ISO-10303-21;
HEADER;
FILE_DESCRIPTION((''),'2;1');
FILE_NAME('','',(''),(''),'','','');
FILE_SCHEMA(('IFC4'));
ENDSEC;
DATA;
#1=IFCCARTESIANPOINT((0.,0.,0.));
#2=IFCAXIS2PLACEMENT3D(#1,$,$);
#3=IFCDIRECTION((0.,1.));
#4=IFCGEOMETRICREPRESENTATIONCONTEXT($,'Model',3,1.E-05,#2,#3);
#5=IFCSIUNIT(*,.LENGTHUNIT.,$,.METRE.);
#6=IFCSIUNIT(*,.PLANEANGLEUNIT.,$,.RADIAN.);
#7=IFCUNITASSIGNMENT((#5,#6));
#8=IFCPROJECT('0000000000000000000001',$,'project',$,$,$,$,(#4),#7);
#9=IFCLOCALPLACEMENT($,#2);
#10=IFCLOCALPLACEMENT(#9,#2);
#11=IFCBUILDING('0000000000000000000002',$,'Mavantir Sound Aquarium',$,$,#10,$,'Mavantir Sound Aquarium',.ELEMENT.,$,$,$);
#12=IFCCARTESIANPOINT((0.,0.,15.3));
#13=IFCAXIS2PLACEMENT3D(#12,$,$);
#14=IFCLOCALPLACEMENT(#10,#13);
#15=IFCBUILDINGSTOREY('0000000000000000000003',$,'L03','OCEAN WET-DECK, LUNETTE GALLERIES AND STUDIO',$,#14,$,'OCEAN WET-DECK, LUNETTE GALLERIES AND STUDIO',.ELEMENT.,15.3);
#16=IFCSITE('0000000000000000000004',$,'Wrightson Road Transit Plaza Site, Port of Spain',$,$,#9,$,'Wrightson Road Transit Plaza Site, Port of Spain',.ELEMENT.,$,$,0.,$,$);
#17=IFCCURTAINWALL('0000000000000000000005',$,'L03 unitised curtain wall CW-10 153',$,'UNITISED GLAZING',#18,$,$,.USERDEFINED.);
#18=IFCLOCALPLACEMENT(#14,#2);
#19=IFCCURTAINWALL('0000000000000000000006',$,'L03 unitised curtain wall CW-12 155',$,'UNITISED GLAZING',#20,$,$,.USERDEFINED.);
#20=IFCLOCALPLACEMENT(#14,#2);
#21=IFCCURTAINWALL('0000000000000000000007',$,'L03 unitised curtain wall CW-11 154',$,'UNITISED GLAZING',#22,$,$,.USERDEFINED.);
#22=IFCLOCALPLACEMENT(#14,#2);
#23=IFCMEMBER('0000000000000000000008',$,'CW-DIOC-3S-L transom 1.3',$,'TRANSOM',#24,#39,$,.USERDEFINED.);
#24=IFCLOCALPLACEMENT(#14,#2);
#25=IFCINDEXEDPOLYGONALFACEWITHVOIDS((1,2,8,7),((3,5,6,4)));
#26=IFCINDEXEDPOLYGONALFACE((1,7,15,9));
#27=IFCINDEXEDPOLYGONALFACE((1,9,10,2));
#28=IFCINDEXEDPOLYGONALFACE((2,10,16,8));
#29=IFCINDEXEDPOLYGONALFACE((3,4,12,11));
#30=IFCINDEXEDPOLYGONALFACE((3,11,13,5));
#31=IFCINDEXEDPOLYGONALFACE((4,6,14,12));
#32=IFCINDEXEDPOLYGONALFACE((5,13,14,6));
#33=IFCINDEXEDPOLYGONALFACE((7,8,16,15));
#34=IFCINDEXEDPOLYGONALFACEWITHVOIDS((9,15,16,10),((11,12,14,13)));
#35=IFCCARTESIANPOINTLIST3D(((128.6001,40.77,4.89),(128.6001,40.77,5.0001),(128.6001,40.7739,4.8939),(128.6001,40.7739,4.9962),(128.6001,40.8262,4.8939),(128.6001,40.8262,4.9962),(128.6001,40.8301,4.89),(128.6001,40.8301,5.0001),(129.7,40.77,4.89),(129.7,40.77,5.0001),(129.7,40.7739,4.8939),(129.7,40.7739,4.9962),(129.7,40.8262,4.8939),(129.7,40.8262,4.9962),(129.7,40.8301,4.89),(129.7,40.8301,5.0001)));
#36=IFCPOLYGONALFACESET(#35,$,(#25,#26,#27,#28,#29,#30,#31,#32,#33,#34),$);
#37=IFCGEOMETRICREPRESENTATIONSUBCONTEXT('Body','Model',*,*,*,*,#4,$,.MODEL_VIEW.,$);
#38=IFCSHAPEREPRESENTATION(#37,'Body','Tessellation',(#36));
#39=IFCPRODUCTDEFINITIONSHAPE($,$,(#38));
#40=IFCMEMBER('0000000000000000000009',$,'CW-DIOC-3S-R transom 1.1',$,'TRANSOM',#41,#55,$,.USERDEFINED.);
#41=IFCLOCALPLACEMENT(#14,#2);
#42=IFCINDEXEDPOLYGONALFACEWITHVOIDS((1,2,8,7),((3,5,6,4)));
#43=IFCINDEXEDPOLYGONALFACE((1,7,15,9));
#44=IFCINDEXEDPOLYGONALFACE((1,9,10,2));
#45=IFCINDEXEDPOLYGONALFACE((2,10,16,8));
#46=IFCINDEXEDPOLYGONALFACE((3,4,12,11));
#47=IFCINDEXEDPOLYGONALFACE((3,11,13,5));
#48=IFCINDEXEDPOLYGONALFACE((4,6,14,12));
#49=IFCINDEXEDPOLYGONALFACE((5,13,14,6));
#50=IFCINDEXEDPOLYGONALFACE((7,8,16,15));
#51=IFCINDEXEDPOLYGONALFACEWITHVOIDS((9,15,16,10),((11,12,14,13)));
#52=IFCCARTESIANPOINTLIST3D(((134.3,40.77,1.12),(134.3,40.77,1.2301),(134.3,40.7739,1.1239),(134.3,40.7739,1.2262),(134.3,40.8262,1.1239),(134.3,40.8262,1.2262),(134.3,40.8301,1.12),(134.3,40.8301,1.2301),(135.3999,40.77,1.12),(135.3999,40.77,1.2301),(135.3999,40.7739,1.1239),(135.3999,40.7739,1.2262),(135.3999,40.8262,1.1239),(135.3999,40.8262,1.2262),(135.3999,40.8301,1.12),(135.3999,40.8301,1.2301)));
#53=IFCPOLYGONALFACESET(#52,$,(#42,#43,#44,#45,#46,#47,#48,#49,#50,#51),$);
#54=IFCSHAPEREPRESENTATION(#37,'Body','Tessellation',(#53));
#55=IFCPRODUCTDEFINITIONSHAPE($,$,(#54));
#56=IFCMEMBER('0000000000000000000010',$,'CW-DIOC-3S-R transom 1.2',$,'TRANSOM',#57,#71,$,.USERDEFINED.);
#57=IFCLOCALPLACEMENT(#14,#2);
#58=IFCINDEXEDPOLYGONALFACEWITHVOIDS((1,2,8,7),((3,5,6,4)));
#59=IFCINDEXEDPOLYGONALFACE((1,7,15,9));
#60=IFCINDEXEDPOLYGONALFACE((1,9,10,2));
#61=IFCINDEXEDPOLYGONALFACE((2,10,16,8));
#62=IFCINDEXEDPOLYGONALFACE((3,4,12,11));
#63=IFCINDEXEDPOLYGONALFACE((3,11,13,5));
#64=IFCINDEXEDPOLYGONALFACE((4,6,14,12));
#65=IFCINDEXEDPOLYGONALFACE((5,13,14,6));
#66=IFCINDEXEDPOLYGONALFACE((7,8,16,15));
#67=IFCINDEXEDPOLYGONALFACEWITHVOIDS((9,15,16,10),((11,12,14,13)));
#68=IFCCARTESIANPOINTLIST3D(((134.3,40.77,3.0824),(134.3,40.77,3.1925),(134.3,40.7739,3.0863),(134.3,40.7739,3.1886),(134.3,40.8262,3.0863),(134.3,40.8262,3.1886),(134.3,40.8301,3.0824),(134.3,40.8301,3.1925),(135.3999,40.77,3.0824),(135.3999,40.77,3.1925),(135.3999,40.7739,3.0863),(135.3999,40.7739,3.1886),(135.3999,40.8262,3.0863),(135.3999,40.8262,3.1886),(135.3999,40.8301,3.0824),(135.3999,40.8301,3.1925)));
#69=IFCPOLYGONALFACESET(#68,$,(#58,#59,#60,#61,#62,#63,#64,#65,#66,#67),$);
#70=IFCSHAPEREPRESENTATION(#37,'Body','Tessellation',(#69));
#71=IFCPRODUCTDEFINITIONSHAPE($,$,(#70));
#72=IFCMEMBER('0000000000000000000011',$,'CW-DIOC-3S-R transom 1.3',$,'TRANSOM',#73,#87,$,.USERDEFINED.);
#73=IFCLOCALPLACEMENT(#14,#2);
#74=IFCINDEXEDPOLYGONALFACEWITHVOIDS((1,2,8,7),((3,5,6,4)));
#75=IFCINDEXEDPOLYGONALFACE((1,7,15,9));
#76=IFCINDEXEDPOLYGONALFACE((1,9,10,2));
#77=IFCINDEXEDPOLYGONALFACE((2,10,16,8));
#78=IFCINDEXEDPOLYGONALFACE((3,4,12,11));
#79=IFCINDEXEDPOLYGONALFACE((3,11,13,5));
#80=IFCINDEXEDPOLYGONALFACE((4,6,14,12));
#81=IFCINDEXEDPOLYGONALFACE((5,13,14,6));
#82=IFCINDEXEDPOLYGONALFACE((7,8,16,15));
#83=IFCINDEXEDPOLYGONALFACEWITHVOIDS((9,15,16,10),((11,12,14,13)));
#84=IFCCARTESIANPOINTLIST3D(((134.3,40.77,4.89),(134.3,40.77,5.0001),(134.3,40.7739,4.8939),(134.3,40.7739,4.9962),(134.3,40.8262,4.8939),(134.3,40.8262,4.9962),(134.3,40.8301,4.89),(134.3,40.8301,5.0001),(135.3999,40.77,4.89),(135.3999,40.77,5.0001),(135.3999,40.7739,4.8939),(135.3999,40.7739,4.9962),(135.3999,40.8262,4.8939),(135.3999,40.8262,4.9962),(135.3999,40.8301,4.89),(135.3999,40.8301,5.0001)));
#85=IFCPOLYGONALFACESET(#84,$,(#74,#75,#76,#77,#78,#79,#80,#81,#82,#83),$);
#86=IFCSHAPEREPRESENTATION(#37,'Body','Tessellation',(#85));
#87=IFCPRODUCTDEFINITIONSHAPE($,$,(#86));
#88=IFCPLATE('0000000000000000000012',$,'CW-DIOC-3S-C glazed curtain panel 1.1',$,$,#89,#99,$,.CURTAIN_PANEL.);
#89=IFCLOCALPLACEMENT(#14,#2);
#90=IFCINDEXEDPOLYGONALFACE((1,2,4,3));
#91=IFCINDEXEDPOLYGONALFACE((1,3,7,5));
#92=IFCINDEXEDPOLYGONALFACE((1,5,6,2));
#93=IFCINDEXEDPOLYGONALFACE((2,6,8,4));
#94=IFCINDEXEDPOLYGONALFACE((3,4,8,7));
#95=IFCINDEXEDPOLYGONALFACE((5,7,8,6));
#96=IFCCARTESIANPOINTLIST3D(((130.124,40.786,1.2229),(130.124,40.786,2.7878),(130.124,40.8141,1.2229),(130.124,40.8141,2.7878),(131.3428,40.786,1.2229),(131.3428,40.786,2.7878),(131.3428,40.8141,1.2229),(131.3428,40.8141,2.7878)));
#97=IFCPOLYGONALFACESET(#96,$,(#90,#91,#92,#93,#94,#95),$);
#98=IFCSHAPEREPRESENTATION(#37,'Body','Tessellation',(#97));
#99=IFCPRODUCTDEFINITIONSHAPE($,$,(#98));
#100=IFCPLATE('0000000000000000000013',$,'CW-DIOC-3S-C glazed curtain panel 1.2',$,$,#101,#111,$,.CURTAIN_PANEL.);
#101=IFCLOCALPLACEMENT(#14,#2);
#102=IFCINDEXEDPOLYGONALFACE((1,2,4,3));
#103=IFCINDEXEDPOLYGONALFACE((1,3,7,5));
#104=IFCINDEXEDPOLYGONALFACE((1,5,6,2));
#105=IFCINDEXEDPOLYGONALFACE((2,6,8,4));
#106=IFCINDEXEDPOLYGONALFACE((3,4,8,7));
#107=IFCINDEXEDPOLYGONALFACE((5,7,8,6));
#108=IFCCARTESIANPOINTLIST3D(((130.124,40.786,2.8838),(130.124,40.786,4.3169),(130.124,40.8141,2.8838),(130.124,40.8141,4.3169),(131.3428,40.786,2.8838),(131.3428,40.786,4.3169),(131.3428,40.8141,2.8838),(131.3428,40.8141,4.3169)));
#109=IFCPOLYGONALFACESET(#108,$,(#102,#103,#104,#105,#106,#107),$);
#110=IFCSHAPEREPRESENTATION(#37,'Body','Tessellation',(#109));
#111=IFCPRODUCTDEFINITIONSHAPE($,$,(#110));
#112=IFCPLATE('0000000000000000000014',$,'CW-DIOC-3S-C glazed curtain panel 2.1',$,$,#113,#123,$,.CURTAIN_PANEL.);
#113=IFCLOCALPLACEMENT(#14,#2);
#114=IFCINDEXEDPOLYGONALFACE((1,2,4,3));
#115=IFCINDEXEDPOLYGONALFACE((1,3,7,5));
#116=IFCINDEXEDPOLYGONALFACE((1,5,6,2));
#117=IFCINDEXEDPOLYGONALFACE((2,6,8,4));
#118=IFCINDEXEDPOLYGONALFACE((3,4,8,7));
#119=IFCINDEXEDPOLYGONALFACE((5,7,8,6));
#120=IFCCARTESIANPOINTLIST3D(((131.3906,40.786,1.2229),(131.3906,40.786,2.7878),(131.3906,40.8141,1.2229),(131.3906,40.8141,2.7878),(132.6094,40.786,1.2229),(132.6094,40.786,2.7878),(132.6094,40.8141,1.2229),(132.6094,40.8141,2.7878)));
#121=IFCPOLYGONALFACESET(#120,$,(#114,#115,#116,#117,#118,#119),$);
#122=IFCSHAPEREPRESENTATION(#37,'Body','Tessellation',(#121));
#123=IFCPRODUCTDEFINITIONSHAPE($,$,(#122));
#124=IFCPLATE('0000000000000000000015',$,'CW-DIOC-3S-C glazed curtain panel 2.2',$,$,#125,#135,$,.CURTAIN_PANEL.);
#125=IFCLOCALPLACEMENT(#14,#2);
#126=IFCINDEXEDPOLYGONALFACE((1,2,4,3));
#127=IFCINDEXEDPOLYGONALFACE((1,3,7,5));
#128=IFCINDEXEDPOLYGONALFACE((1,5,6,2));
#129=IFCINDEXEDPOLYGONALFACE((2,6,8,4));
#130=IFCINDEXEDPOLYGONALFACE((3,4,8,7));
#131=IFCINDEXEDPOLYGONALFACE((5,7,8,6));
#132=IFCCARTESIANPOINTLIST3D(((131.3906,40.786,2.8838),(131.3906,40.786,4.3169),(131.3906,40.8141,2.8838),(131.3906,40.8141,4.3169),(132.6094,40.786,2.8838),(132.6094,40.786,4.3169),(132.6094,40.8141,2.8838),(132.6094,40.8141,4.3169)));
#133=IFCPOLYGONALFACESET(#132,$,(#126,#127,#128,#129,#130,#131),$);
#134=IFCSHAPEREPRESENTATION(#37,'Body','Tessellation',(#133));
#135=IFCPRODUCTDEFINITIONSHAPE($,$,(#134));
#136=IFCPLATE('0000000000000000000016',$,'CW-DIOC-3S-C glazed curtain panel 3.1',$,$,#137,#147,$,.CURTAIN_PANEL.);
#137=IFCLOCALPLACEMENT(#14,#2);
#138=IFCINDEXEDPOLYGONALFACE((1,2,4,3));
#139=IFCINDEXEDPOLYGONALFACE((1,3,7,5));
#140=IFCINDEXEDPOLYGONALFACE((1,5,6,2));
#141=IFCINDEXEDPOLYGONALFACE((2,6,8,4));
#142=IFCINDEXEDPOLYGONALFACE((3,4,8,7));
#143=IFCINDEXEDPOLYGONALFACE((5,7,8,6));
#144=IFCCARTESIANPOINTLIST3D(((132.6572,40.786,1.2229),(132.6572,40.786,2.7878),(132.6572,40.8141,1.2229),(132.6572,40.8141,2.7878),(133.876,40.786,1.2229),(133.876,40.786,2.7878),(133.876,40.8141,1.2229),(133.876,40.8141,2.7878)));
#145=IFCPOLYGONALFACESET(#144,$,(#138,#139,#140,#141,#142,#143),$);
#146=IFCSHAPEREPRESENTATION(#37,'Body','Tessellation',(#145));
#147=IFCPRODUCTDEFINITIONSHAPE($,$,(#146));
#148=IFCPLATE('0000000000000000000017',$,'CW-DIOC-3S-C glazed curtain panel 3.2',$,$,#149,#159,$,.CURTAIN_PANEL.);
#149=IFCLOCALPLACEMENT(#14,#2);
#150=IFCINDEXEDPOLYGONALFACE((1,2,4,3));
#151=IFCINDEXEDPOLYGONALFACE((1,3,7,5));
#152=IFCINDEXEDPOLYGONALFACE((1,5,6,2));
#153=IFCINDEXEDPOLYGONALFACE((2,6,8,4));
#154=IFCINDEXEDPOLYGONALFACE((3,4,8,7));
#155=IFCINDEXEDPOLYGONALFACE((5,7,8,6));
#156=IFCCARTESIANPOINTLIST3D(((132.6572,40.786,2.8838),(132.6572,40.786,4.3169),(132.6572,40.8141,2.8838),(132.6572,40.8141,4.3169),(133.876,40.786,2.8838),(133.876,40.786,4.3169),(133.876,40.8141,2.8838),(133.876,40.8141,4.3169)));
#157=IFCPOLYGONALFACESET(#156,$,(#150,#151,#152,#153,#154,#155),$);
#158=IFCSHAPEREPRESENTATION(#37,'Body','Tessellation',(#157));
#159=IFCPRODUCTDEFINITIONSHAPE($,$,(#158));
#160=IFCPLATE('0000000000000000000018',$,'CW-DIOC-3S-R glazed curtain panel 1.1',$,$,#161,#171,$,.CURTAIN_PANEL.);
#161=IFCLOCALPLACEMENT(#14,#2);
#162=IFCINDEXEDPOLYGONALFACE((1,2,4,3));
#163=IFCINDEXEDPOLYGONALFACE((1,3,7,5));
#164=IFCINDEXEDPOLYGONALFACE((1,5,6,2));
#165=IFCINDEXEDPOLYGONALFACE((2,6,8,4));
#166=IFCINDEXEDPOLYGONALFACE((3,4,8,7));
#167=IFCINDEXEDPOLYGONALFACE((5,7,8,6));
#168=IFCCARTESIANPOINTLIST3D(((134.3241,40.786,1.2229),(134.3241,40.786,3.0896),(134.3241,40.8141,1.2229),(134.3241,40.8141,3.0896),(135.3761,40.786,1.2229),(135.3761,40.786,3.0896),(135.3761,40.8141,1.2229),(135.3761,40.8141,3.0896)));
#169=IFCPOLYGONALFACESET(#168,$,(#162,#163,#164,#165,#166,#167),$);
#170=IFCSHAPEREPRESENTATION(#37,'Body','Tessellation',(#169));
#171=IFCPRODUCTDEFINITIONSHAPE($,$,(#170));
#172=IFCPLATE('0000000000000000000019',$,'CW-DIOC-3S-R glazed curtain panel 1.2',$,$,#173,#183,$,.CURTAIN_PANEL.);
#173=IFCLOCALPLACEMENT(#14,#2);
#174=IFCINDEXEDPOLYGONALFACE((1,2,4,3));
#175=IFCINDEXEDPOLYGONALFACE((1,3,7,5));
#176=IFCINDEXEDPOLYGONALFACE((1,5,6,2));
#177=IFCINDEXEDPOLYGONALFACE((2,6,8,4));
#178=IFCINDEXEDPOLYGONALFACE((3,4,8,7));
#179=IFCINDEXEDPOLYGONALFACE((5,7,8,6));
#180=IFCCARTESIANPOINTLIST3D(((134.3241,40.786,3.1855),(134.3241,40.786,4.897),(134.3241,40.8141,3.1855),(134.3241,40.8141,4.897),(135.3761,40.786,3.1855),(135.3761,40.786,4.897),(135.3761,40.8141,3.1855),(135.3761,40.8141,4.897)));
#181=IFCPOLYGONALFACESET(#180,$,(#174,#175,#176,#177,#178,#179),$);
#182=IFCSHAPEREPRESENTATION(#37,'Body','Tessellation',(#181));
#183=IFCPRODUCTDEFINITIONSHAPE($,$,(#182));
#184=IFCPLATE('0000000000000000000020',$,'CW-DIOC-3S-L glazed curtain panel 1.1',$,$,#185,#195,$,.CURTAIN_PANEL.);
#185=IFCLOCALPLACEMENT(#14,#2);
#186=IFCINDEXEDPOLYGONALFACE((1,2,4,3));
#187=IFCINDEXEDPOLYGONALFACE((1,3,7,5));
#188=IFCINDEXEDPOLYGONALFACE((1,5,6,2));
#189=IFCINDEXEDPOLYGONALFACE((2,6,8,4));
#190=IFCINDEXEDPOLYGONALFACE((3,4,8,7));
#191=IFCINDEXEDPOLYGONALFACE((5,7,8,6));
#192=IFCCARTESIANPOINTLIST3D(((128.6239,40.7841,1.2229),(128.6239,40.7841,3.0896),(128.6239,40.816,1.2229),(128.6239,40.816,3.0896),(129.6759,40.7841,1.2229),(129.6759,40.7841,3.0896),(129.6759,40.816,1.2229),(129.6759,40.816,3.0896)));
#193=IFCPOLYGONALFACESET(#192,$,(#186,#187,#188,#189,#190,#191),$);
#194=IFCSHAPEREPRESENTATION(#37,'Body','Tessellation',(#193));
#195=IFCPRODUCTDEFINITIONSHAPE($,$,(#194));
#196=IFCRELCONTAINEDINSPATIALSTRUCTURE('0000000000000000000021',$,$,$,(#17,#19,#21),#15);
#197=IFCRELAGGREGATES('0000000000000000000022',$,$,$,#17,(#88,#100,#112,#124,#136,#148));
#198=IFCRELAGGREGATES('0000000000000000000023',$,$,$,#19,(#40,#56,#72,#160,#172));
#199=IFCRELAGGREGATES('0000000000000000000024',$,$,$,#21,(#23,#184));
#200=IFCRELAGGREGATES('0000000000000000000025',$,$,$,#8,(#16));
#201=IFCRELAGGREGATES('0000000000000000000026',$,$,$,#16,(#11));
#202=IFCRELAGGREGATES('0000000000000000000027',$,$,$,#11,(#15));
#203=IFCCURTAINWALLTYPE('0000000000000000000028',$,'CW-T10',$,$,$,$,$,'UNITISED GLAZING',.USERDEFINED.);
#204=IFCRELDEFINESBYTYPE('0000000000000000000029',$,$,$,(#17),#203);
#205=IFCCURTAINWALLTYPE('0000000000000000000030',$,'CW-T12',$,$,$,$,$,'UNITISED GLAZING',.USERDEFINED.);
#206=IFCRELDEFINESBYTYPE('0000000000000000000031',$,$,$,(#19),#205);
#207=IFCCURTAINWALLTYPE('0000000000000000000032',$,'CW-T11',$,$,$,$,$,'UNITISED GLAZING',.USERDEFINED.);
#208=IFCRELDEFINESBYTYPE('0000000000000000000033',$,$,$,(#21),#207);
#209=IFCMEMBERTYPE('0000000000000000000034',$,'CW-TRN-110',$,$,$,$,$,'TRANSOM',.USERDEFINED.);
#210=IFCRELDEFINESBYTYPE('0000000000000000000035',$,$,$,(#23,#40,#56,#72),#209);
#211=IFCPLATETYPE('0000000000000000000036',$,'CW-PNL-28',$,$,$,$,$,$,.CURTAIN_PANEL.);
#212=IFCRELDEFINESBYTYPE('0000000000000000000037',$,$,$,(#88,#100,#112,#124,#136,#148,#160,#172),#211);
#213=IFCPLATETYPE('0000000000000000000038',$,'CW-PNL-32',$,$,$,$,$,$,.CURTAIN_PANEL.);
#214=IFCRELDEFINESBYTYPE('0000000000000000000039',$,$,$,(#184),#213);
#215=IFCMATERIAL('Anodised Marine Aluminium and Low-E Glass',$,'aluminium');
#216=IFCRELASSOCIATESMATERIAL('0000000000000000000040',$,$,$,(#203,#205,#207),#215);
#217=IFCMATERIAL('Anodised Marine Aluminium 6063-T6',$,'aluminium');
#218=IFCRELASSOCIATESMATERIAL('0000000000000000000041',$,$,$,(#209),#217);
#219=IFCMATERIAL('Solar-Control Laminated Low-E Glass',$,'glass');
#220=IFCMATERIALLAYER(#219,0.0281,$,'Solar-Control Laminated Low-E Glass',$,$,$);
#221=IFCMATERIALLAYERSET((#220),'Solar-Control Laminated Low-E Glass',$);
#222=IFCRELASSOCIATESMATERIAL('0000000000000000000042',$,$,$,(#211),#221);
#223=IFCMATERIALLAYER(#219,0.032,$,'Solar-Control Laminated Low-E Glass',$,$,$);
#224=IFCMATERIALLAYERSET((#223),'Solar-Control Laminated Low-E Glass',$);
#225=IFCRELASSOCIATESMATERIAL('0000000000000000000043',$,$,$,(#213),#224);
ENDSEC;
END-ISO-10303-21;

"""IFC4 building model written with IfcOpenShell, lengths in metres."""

from ifc_helpers import new_model, si_unit, direction, frame, origin, origin_2d, place, context, subcontext, project, spatial, rectangle, hollow_rectangle, extrude, material, layer, layer_set, material_profile, profile_set, type_object, element, aggregate, save


model = new_model("IFC4")

# Units and contexts
model_context = context("Model", 3, precision=1e-05, world=origin(), true_north=direction((0.0, 1.0)))
body_context = subcontext(model_context, "Body", "Model", "MODEL_VIEW")
ifc_project = project(units=[si_unit("LENGTHUNIT", "METRE"), si_unit("PLANEANGLEUNIT", "RADIAN")], contexts=[model_context])

# Site, building, storey
site_placement = place(None, origin())
site = spatial("IfcSite", under=ifc_project, at=site_placement, Name="Wrightson Road Transit Plaza Site, Port of Spain", LongName="Wrightson Road Transit Plaza Site, Port of Spain", CompositionType="ELEMENT", RefElevation=0.0)
building_placement = place(site_placement, origin())
building = spatial("IfcBuilding", under=site, at=building_placement, Name="Mavantir Sound Aquarium", LongName="Mavantir Sound Aquarium", CompositionType="ELEMENT")
storey_placement = place(building_placement, frame((0.0, 0.0, 15.3)))
storey = spatial("IfcBuildingStorey", under=building, at=storey_placement, Name="L03", Description="OCEAN WET-DECK, LUNETTE GALLERIES AND STUDIO", LongName="OCEAN WET-DECK, LUNETTE GALLERIES AND STUDIO", CompositionType="ELEMENT", Elevation=15.3)

# Shared definitions
ifc_material_1 = material(Name="Anodised Marine Aluminium and Low-E Glass", Category="aluminium")
ifc_material_2 = material(Name="Anodised Marine Aluminium 6063-T6", Category="aluminium")

# Curtain walls
curtain_wall_type_1 = type_object("IfcCurtainWallType", Name="CW-T10", ElementType="UNITISED GLAZING", PredefinedType="USERDEFINED", material=ifc_material_1)
curtain_wall_1_placement = place(storey_placement, origin())
curtain_wall_1 = element("IfcCurtainWall", 1, at=curtain_wall_1_placement, inside=storey, type_object=curtain_wall_type_1, Name="L03 unitised curtain wall CW-10 153", ObjectType="UNITISED GLAZING", PredefinedType="USERDEFINED")
curtain_wall_type_2 = type_object("IfcCurtainWallType", Name="CW-T12", ElementType="UNITISED GLAZING", PredefinedType="USERDEFINED", material=ifc_material_1)
curtain_wall_2_placement = place(storey_placement, origin())
curtain_wall_2 = element("IfcCurtainWall", 2, at=curtain_wall_2_placement, inside=storey, type_object=curtain_wall_type_2, Name="L03 unitised curtain wall CW-12 155", ObjectType="UNITISED GLAZING", PredefinedType="USERDEFINED")
curtain_wall_type_3 = type_object("IfcCurtainWallType", Name="CW-T11", ElementType="UNITISED GLAZING", PredefinedType="USERDEFINED", material=ifc_material_1)
curtain_wall_3_placement = place(storey_placement, origin())
curtain_wall_3 = element("IfcCurtainWall", 3, at=curtain_wall_3_placement, inside=storey, type_object=curtain_wall_type_3, Name="L03 unitised curtain wall CW-11 154", ObjectType="UNITISED GLAZING", PredefinedType="USERDEFINED")

# Members
ifc_material_profile_1 = material_profile(ifc_material_2, hollow_rectangle(XDim=0.0601, YDim=0.1101, WallThickness=0.0039, at=origin_2d()), Name="ALU-TRANSOM-110X60")
ifc_profile_set_1 = profile_set([ifc_material_profile_1], Name="Anodised Marine Aluminium 6063-T6")
member_type_1 = type_object("IfcMemberType", Name="CW-TRN-110", ElementType="TRANSOM", PredefinedType="USERDEFINED", material=ifc_profile_set_1)
member_1_placement = place(storey_placement, frame((128.6001, 40.8, 4.9451), z_axis=(1.0, 0.0, 0.0), x_axis=(0.0, 1.0, 0.0)))
member_1 = element("IfcMember", 4, at=member_1_placement, type_object=member_type_1, Name="CW-DIOC-3S-L transom 1.3", ObjectType="TRANSOM", PredefinedType="USERDEFINED", context=body_context, shape_type="SweptSolid", body=[
    extrude(hollow_rectangle(XDim=0.0601, YDim=0.1101, WallThickness=0.0039, at=origin_2d()), origin(), (0.0, 0.0, 1.0), 1.0999),
])
member_2_placement = place(storey_placement, frame((134.3, 40.8, 1.175), z_axis=(1.0, 0.0, 0.0), x_axis=(0.0, 1.0, 0.0)))
member_2 = element("IfcMember", 5, at=member_2_placement, type_object=member_type_1, Name="CW-DIOC-3S-R transom 1.1", ObjectType="TRANSOM", PredefinedType="USERDEFINED", context=body_context, shape_type="SweptSolid", body=[
    extrude(hollow_rectangle(XDim=0.0601, YDim=0.1101, WallThickness=0.0039, at=origin_2d()), origin(), (0.0, 0.0, 1.0), 1.0999),
])
member_3_placement = place(storey_placement, frame((134.3, 40.8, 3.1375), z_axis=(1.0, 0.0, 0.0), x_axis=(0.0, 1.0, 0.0)))
member_3 = element("IfcMember", 6, at=member_3_placement, type_object=member_type_1, Name="CW-DIOC-3S-R transom 1.2", ObjectType="TRANSOM", PredefinedType="USERDEFINED", context=body_context, shape_type="SweptSolid", body=[
    extrude(hollow_rectangle(XDim=0.0601, YDim=0.1101, WallThickness=0.0039, at=origin_2d()), origin(), (0.0, 0.0, 1.0), 1.0999),
])
member_4_placement = place(storey_placement, frame((134.3, 40.8, 4.9451), z_axis=(1.0, 0.0, 0.0), x_axis=(0.0, 1.0, 0.0)))
member_4 = element("IfcMember", 7, at=member_4_placement, type_object=member_type_1, Name="CW-DIOC-3S-R transom 1.3", ObjectType="TRANSOM", PredefinedType="USERDEFINED", context=body_context, shape_type="SweptSolid", body=[
    extrude(hollow_rectangle(XDim=0.0601, YDim=0.1101, WallThickness=0.0039, at=origin_2d()), origin(), (0.0, 0.0, 1.0), 1.0999),
])

# Plates
ifc_material_3 = material(Name="Solar-Control Laminated Low-E Glass", Category="glass")
ifc_layer_1 = layer(ifc_material_3, 0.0281, Name="Solar-Control Laminated Low-E Glass")
ifc_layer_set_1 = layer_set([ifc_layer_1], Name="Solar-Control Laminated Low-E Glass")
plate_type_1 = type_object("IfcPlateType", Name="CW-PNL-28", PredefinedType="CURTAIN_PANEL", material=ifc_layer_set_1)
plate_1_placement = place(storey_placement, frame((130.7334, 40.8, 1.2229), z_axis=(0.0, 0.0, 1.0), x_axis=(1.0, 0.0, 0.0)))
plate_1 = element("IfcPlate", 8, at=plate_1_placement, type_object=plate_type_1, Name="CW-DIOC-3S-C glazed curtain panel 1.1", PredefinedType="CURTAIN_PANEL", context=body_context, shape_type="SweptSolid", body=[
    extrude(rectangle(XDim=1.2188, YDim=0.0281, at=origin_2d()), origin(), (0.0, 0.0, 1.0), 1.5649),
])
plate_2_placement = place(storey_placement, frame((130.7334, 40.8, 2.8838), z_axis=(0.0, 0.0, 1.0), x_axis=(1.0, 0.0, 0.0)))
plate_2 = element("IfcPlate", 9, at=plate_2_placement, type_object=plate_type_1, Name="CW-DIOC-3S-C glazed curtain panel 1.2", PredefinedType="CURTAIN_PANEL", context=body_context, shape_type="SweptSolid", body=[
    extrude(rectangle(XDim=1.2188, YDim=0.0281, at=origin_2d()), origin(), (0.0, 0.0, 1.0), 1.4331),
])
plate_3_placement = place(storey_placement, frame((132.0, 40.8, 1.2229), z_axis=(0.0, 0.0, 1.0), x_axis=(1.0, 0.0, 0.0)))
plate_3 = element("IfcPlate", 10, at=plate_3_placement, type_object=plate_type_1, Name="CW-DIOC-3S-C glazed curtain panel 2.1", PredefinedType="CURTAIN_PANEL", context=body_context, shape_type="SweptSolid", body=[
    extrude(rectangle(XDim=1.2188, YDim=0.0281, at=origin_2d()), origin(), (0.0, 0.0, 1.0), 1.5649),
])
plate_4_placement = place(storey_placement, frame((132.0, 40.8, 2.8838), z_axis=(0.0, 0.0, 1.0), x_axis=(1.0, 0.0, 0.0)))
plate_4 = element("IfcPlate", 11, at=plate_4_placement, type_object=plate_type_1, Name="CW-DIOC-3S-C glazed curtain panel 2.2", PredefinedType="CURTAIN_PANEL", context=body_context, shape_type="SweptSolid", body=[
    extrude(rectangle(XDim=1.2188, YDim=0.0281, at=origin_2d()), origin(), (0.0, 0.0, 1.0), 1.4331),
])
plate_5_placement = place(storey_placement, frame((133.2666, 40.8, 1.2229), z_axis=(0.0, 0.0, 1.0), x_axis=(1.0, 0.0, 0.0)))
plate_5 = element("IfcPlate", 12, at=plate_5_placement, type_object=plate_type_1, Name="CW-DIOC-3S-C glazed curtain panel 3.1", PredefinedType="CURTAIN_PANEL", context=body_context, shape_type="SweptSolid", body=[
    extrude(rectangle(XDim=1.2188, YDim=0.0281, at=origin_2d()), origin(), (0.0, 0.0, 1.0), 1.5649),
])
plate_6_placement = place(storey_placement, frame((133.2666, 40.8, 2.8838), z_axis=(0.0, 0.0, 1.0), x_axis=(1.0, 0.0, 0.0)))
plate_6 = element("IfcPlate", 13, at=plate_6_placement, type_object=plate_type_1, Name="CW-DIOC-3S-C glazed curtain panel 3.2", PredefinedType="CURTAIN_PANEL", context=body_context, shape_type="SweptSolid", body=[
    extrude(rectangle(XDim=1.2188, YDim=0.0281, at=origin_2d()), origin(), (0.0, 0.0, 1.0), 1.4331),
])
aggregate(curtain_wall_1, [plate_1, plate_2, plate_3, plate_4, plate_5, plate_6])
plate_7_placement = place(storey_placement, frame((134.8501, 40.8, 1.2229), z_axis=(0.0, 0.0, 1.0), x_axis=(1.0, 0.0, 0.0)))
plate_7 = element("IfcPlate", 14, at=plate_7_placement, type_object=plate_type_1, Name="CW-DIOC-3S-R glazed curtain panel 1.1", PredefinedType="CURTAIN_PANEL", context=body_context, shape_type="SweptSolid", body=[
    extrude(rectangle(XDim=1.052, YDim=0.0281, at=origin_2d()), origin(), (0.0, 0.0, 1.0), 1.8667),
])
plate_8_placement = place(storey_placement, frame((134.8501, 40.8, 3.1855), z_axis=(0.0, 0.0, 1.0), x_axis=(1.0, 0.0, 0.0)))
plate_8 = element("IfcPlate", 15, at=plate_8_placement, type_object=plate_type_1, Name="CW-DIOC-3S-R glazed curtain panel 1.2", PredefinedType="CURTAIN_PANEL", context=body_context, shape_type="SweptSolid", body=[
    extrude(rectangle(XDim=1.052, YDim=0.0281, at=origin_2d()), origin(), (0.0, 0.0, 1.0), 1.7114),
])
aggregate(curtain_wall_2, [member_2, member_3, member_4, plate_7, plate_8])
ifc_layer_2 = layer(ifc_material_3, 0.032, Name="Solar-Control Laminated Low-E Glass")
ifc_layer_set_2 = layer_set([ifc_layer_2], Name="Solar-Control Laminated Low-E Glass")
plate_type_2 = type_object("IfcPlateType", Name="CW-PNL-32", PredefinedType="CURTAIN_PANEL", material=ifc_layer_set_2)
plate_9_placement = place(storey_placement, frame((129.1499, 40.8, 1.2229), z_axis=(0.0, 0.0, 1.0), x_axis=(1.0, 0.0, 0.0)))
plate_9 = element("IfcPlate", 16, at=plate_9_placement, type_object=plate_type_2, Name="CW-DIOC-3S-L glazed curtain panel 1.1", PredefinedType="CURTAIN_PANEL", context=body_context, shape_type="SweptSolid", body=[
    extrude(rectangle(XDim=1.052, YDim=0.032, at=origin_2d()), origin(), (0.0, 0.0, 1.0), 1.8667),
])
aggregate(curtain_wall_3, [member_1, plate_9])

save(model, "model.ifc")
